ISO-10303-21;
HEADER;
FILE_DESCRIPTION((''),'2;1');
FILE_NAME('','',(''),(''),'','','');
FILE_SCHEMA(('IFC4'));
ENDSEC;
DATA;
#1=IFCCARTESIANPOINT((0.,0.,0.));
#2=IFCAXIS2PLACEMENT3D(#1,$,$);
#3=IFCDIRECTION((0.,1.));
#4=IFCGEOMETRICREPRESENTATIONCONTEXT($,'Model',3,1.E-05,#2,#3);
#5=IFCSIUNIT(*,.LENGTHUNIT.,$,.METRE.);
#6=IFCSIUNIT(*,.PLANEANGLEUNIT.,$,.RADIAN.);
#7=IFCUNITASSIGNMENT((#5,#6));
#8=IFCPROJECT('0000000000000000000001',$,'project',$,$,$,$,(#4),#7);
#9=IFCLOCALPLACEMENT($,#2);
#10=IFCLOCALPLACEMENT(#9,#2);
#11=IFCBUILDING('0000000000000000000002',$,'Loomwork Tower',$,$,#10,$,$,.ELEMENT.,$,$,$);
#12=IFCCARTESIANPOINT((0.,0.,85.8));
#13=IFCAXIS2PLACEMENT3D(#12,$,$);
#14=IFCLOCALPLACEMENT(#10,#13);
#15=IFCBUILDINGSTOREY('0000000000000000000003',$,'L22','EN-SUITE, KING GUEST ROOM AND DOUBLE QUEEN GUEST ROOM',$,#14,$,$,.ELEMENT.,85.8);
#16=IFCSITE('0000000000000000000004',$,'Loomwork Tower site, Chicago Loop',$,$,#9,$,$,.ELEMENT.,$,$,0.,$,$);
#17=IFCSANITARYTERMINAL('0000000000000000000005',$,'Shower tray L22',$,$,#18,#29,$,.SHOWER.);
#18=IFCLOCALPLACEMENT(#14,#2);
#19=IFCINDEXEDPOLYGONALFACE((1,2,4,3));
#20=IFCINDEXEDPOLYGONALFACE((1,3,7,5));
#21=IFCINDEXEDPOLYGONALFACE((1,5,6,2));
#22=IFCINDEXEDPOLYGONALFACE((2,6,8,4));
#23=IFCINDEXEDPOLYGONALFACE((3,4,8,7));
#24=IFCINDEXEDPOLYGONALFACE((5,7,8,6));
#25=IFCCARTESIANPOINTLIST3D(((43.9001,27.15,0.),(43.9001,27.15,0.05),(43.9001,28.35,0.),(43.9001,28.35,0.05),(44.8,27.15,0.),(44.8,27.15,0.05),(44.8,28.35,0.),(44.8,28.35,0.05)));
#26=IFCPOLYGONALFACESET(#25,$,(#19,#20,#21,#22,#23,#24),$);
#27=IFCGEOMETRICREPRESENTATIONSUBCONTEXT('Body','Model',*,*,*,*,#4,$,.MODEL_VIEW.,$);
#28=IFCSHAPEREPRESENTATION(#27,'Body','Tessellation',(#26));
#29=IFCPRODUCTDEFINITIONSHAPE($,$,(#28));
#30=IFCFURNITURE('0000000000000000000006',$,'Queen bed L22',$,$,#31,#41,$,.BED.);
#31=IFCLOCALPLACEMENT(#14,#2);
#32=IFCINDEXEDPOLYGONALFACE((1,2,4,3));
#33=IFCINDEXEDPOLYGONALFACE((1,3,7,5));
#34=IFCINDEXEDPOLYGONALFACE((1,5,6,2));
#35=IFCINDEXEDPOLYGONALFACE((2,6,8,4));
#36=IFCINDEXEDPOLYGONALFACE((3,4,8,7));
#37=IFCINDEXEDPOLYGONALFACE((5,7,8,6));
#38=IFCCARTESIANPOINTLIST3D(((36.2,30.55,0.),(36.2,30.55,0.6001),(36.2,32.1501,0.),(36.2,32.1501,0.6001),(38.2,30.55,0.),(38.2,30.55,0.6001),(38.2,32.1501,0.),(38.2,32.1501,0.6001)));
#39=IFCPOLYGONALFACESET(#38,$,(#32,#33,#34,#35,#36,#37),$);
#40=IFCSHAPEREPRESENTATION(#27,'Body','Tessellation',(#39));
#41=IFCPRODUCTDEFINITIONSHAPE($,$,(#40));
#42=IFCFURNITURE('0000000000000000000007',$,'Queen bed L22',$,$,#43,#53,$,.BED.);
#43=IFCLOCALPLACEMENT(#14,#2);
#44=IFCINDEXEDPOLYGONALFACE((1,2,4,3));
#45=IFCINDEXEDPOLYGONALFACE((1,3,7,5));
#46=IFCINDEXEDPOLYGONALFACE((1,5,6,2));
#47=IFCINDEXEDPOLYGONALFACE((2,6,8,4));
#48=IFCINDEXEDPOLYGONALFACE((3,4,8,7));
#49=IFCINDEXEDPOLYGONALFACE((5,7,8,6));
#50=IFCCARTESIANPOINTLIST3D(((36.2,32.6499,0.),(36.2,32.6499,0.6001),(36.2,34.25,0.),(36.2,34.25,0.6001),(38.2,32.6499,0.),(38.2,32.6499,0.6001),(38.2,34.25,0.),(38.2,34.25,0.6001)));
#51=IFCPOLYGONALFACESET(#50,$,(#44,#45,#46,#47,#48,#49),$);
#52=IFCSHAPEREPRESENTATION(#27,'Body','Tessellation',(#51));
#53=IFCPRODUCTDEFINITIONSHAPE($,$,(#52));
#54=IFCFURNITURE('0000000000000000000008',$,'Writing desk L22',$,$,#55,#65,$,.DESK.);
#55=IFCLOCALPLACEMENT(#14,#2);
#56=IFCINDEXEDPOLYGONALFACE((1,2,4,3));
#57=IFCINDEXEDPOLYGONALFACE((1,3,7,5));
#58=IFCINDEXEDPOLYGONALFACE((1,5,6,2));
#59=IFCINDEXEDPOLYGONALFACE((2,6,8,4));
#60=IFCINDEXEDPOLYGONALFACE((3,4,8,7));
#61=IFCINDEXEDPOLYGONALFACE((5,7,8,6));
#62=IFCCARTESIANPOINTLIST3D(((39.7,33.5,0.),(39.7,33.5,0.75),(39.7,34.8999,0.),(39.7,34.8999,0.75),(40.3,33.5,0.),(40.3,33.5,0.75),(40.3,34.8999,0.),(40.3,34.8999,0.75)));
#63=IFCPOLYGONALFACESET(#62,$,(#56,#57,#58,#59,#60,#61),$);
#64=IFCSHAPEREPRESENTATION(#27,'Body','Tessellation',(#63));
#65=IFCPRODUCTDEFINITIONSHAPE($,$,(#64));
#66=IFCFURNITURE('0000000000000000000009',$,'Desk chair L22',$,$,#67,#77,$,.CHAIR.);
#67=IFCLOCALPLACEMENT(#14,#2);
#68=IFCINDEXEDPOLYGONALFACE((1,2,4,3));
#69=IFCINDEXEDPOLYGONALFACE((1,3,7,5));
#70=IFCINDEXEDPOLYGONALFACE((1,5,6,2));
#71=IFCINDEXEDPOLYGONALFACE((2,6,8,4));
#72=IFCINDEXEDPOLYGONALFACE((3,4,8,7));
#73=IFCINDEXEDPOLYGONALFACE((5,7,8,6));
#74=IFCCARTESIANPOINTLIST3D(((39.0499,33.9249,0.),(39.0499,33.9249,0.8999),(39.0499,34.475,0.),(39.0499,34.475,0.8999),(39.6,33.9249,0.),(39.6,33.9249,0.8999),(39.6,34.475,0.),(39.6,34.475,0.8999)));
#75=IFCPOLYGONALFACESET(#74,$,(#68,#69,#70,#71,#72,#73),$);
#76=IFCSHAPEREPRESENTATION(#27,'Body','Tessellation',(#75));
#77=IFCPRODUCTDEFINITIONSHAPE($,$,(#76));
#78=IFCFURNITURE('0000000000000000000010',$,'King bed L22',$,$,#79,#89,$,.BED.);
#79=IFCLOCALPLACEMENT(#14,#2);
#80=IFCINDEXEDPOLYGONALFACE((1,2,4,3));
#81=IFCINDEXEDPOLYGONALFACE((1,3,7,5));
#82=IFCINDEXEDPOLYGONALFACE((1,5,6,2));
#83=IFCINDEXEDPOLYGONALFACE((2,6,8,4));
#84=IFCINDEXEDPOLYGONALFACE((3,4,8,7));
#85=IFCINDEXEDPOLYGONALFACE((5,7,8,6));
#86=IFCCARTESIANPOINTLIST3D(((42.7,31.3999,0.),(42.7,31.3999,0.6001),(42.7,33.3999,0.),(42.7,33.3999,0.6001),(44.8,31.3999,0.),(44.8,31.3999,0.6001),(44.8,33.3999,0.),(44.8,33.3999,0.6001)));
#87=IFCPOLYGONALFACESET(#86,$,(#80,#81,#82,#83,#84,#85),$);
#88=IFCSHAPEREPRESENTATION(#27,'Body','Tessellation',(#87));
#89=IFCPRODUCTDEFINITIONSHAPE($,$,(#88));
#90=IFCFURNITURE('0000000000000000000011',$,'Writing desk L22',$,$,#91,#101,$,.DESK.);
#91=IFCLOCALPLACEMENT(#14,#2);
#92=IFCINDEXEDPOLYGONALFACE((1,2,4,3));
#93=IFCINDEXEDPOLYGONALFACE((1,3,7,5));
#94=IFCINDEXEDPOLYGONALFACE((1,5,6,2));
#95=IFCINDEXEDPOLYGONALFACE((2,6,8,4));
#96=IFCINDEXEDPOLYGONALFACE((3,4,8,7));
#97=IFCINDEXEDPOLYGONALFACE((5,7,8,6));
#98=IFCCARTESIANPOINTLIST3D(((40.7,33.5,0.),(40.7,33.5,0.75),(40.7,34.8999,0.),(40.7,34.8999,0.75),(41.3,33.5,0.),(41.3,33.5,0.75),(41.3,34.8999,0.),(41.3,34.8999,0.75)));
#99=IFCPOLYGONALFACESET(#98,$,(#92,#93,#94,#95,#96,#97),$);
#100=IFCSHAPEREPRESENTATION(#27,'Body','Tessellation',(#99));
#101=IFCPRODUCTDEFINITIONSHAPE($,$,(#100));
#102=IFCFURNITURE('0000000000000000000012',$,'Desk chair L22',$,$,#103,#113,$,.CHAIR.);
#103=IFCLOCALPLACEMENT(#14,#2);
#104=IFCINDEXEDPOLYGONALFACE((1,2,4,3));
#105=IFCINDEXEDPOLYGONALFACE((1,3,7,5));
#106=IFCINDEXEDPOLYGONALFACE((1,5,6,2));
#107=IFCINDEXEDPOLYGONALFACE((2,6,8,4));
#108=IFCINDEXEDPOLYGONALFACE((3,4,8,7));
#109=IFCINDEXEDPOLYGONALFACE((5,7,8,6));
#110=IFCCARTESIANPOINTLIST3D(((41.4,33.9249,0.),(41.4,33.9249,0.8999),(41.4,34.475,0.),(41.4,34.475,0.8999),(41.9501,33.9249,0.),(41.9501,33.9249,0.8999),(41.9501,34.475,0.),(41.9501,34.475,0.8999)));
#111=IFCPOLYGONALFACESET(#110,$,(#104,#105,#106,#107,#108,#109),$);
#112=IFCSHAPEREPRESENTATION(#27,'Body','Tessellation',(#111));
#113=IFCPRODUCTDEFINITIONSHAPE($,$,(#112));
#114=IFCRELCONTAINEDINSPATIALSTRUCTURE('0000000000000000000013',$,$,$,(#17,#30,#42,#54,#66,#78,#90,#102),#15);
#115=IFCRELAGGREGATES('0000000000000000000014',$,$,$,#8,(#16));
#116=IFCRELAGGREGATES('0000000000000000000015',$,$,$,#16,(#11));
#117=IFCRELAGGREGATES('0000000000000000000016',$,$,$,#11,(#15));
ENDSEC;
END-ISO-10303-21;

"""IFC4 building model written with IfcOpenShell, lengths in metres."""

from ifc_helpers import new_model, si_unit, direction, frame, origin, origin_2d, place, context, subcontext, project, spatial, rectangle, extrude, element, save


model = new_model("IFC4")

# Units and contexts
model_context = context("Model", 3, precision=1e-05, world=origin(), true_north=direction((0.0, 1.0)))
body_context = subcontext(model_context, "Body", "Model", "MODEL_VIEW")
ifc_project = project(units=[si_unit("LENGTHUNIT", "METRE"), si_unit("PLANEANGLEUNIT", "RADIAN")], contexts=[model_context])

# Site, building, storey
site_placement = place(None, origin())
site = spatial("IfcSite", under=ifc_project, at=site_placement, Name="Loomwork Tower site, Chicago Loop", CompositionType="ELEMENT", RefElevation=0.0)
building_placement = place(site_placement, origin())
building = spatial("IfcBuilding", under=site, at=building_placement, Name="Loomwork Tower", CompositionType="ELEMENT")
storey_placement = place(building_placement, frame((0.0, 0.0, 85.8)))
storey = spatial("IfcBuildingStorey", under=building, at=storey_placement, Name="L22", Description="EN-SUITE, KING GUEST ROOM AND DOUBLE QUEEN GUEST ROOM", CompositionType="ELEMENT", Elevation=85.8)

# Sanitary terminal
sanitary_terminal_placement = place(storey_placement, frame((44.3501, 27.75, 0.0), z_axis=(0.0, 0.0, 1.0), x_axis=(1.0, 0.0, 0.0)))
element("IfcSanitaryTerminal", 1, at=sanitary_terminal_placement, inside=storey, Name="Shower tray L22", PredefinedType="SHOWER", context=body_context, shape_type="SweptSolid", body=[
    extrude(rectangle(XDim=0.8999, YDim=1.2, at=origin_2d()), origin(), (0.0, 0.0, 1.0), 0.05),
])

# Furniture
for number, where, z_axis, x_axis, name in (
    (2, (37.2, 31.3501, 0.0), (0.0, 0.0, 1.0), (1.0, 0.0, 0.0), "Queen bed L22"),
    (3, (37.2, 33.45, 0.0), (0.0, 0.0, 1.0), (1.0, 0.0, 0.0), "Queen bed L22"),
):
    element("IfcFurniture", number, at=place(storey_placement, frame(where, z_axis=z_axis, x_axis=x_axis)), inside=storey, Name=name, PredefinedType="BED", context=body_context, shape_type="SweptSolid", body=[
        extrude(rectangle(XDim=2.0, YDim=1.6001, at=origin_2d()), origin(), (0.0, 0.0, 1.0), 0.6001),
    ])
furniture_1_placement = place(storey_placement, frame((40.0, 34.2, 0.0), z_axis=(0.0, 0.0, 1.0), x_axis=(1.0, 0.0, 0.0)))
element("IfcFurniture", 4, at=furniture_1_placement, inside=storey, Name="Writing desk L22", PredefinedType="DESK", context=body_context, shape_type="SweptSolid", body=[
    extrude(rectangle(XDim=0.6001, YDim=1.3999, at=origin_2d()), origin(), (0.0, 0.0, 1.0), 0.75),
])
furniture_2_placement = place(storey_placement, frame((39.325, 34.2, 0.0), z_axis=(0.0, 0.0, 1.0), x_axis=(1.0, 0.0, 0.0)))
element("IfcFurniture", 5, at=furniture_2_placement, inside=storey, Name="Desk chair L22", PredefinedType="CHAIR", context=body_context, shape_type="SweptSolid", body=[
    extrude(rectangle(XDim=0.55, YDim=0.55, at=origin_2d()), origin(), (0.0, 0.0, 1.0), 0.8999),
])
furniture_3_placement = place(storey_placement, frame((43.75, 32.3999, 0.0), z_axis=(0.0, 0.0, 1.0), x_axis=(1.0, 0.0, 0.0)))
element("IfcFurniture", 6, at=furniture_3_placement, inside=storey, Name="King bed L22", PredefinedType="BED", context=body_context, shape_type="SweptSolid", body=[
    extrude(rectangle(XDim=2.1001, YDim=2.0, at=origin_2d()), origin(), (0.0, 0.0, 1.0), 0.6001),
])
furniture_4_placement = place(storey_placement, frame((41.0, 34.2, 0.0), z_axis=(0.0, 0.0, 1.0), x_axis=(1.0, 0.0, 0.0)))
element("IfcFurniture", 7, at=furniture_4_placement, inside=storey, Name="Writing desk L22", PredefinedType="DESK", context=body_context, shape_type="SweptSolid", body=[
    extrude(rectangle(XDim=0.6001, YDim=1.3999, at=origin_2d()), origin(), (0.0, 0.0, 1.0), 0.75),
])
furniture_5_placement = place(storey_placement, frame((41.675, 34.2, 0.0), z_axis=(0.0, 0.0, 1.0), x_axis=(1.0, 0.0, 0.0)))
element("IfcFurniture", 8, at=furniture_5_placement, inside=storey, Name="Desk chair L22", PredefinedType="CHAIR", context=body_context, shape_type="SweptSolid", body=[
    extrude(rectangle(XDim=0.55, YDim=0.55, at=origin_2d()), origin(), (0.0, 0.0, 1.0), 0.8999),
])

save(model, "model.ifc")
